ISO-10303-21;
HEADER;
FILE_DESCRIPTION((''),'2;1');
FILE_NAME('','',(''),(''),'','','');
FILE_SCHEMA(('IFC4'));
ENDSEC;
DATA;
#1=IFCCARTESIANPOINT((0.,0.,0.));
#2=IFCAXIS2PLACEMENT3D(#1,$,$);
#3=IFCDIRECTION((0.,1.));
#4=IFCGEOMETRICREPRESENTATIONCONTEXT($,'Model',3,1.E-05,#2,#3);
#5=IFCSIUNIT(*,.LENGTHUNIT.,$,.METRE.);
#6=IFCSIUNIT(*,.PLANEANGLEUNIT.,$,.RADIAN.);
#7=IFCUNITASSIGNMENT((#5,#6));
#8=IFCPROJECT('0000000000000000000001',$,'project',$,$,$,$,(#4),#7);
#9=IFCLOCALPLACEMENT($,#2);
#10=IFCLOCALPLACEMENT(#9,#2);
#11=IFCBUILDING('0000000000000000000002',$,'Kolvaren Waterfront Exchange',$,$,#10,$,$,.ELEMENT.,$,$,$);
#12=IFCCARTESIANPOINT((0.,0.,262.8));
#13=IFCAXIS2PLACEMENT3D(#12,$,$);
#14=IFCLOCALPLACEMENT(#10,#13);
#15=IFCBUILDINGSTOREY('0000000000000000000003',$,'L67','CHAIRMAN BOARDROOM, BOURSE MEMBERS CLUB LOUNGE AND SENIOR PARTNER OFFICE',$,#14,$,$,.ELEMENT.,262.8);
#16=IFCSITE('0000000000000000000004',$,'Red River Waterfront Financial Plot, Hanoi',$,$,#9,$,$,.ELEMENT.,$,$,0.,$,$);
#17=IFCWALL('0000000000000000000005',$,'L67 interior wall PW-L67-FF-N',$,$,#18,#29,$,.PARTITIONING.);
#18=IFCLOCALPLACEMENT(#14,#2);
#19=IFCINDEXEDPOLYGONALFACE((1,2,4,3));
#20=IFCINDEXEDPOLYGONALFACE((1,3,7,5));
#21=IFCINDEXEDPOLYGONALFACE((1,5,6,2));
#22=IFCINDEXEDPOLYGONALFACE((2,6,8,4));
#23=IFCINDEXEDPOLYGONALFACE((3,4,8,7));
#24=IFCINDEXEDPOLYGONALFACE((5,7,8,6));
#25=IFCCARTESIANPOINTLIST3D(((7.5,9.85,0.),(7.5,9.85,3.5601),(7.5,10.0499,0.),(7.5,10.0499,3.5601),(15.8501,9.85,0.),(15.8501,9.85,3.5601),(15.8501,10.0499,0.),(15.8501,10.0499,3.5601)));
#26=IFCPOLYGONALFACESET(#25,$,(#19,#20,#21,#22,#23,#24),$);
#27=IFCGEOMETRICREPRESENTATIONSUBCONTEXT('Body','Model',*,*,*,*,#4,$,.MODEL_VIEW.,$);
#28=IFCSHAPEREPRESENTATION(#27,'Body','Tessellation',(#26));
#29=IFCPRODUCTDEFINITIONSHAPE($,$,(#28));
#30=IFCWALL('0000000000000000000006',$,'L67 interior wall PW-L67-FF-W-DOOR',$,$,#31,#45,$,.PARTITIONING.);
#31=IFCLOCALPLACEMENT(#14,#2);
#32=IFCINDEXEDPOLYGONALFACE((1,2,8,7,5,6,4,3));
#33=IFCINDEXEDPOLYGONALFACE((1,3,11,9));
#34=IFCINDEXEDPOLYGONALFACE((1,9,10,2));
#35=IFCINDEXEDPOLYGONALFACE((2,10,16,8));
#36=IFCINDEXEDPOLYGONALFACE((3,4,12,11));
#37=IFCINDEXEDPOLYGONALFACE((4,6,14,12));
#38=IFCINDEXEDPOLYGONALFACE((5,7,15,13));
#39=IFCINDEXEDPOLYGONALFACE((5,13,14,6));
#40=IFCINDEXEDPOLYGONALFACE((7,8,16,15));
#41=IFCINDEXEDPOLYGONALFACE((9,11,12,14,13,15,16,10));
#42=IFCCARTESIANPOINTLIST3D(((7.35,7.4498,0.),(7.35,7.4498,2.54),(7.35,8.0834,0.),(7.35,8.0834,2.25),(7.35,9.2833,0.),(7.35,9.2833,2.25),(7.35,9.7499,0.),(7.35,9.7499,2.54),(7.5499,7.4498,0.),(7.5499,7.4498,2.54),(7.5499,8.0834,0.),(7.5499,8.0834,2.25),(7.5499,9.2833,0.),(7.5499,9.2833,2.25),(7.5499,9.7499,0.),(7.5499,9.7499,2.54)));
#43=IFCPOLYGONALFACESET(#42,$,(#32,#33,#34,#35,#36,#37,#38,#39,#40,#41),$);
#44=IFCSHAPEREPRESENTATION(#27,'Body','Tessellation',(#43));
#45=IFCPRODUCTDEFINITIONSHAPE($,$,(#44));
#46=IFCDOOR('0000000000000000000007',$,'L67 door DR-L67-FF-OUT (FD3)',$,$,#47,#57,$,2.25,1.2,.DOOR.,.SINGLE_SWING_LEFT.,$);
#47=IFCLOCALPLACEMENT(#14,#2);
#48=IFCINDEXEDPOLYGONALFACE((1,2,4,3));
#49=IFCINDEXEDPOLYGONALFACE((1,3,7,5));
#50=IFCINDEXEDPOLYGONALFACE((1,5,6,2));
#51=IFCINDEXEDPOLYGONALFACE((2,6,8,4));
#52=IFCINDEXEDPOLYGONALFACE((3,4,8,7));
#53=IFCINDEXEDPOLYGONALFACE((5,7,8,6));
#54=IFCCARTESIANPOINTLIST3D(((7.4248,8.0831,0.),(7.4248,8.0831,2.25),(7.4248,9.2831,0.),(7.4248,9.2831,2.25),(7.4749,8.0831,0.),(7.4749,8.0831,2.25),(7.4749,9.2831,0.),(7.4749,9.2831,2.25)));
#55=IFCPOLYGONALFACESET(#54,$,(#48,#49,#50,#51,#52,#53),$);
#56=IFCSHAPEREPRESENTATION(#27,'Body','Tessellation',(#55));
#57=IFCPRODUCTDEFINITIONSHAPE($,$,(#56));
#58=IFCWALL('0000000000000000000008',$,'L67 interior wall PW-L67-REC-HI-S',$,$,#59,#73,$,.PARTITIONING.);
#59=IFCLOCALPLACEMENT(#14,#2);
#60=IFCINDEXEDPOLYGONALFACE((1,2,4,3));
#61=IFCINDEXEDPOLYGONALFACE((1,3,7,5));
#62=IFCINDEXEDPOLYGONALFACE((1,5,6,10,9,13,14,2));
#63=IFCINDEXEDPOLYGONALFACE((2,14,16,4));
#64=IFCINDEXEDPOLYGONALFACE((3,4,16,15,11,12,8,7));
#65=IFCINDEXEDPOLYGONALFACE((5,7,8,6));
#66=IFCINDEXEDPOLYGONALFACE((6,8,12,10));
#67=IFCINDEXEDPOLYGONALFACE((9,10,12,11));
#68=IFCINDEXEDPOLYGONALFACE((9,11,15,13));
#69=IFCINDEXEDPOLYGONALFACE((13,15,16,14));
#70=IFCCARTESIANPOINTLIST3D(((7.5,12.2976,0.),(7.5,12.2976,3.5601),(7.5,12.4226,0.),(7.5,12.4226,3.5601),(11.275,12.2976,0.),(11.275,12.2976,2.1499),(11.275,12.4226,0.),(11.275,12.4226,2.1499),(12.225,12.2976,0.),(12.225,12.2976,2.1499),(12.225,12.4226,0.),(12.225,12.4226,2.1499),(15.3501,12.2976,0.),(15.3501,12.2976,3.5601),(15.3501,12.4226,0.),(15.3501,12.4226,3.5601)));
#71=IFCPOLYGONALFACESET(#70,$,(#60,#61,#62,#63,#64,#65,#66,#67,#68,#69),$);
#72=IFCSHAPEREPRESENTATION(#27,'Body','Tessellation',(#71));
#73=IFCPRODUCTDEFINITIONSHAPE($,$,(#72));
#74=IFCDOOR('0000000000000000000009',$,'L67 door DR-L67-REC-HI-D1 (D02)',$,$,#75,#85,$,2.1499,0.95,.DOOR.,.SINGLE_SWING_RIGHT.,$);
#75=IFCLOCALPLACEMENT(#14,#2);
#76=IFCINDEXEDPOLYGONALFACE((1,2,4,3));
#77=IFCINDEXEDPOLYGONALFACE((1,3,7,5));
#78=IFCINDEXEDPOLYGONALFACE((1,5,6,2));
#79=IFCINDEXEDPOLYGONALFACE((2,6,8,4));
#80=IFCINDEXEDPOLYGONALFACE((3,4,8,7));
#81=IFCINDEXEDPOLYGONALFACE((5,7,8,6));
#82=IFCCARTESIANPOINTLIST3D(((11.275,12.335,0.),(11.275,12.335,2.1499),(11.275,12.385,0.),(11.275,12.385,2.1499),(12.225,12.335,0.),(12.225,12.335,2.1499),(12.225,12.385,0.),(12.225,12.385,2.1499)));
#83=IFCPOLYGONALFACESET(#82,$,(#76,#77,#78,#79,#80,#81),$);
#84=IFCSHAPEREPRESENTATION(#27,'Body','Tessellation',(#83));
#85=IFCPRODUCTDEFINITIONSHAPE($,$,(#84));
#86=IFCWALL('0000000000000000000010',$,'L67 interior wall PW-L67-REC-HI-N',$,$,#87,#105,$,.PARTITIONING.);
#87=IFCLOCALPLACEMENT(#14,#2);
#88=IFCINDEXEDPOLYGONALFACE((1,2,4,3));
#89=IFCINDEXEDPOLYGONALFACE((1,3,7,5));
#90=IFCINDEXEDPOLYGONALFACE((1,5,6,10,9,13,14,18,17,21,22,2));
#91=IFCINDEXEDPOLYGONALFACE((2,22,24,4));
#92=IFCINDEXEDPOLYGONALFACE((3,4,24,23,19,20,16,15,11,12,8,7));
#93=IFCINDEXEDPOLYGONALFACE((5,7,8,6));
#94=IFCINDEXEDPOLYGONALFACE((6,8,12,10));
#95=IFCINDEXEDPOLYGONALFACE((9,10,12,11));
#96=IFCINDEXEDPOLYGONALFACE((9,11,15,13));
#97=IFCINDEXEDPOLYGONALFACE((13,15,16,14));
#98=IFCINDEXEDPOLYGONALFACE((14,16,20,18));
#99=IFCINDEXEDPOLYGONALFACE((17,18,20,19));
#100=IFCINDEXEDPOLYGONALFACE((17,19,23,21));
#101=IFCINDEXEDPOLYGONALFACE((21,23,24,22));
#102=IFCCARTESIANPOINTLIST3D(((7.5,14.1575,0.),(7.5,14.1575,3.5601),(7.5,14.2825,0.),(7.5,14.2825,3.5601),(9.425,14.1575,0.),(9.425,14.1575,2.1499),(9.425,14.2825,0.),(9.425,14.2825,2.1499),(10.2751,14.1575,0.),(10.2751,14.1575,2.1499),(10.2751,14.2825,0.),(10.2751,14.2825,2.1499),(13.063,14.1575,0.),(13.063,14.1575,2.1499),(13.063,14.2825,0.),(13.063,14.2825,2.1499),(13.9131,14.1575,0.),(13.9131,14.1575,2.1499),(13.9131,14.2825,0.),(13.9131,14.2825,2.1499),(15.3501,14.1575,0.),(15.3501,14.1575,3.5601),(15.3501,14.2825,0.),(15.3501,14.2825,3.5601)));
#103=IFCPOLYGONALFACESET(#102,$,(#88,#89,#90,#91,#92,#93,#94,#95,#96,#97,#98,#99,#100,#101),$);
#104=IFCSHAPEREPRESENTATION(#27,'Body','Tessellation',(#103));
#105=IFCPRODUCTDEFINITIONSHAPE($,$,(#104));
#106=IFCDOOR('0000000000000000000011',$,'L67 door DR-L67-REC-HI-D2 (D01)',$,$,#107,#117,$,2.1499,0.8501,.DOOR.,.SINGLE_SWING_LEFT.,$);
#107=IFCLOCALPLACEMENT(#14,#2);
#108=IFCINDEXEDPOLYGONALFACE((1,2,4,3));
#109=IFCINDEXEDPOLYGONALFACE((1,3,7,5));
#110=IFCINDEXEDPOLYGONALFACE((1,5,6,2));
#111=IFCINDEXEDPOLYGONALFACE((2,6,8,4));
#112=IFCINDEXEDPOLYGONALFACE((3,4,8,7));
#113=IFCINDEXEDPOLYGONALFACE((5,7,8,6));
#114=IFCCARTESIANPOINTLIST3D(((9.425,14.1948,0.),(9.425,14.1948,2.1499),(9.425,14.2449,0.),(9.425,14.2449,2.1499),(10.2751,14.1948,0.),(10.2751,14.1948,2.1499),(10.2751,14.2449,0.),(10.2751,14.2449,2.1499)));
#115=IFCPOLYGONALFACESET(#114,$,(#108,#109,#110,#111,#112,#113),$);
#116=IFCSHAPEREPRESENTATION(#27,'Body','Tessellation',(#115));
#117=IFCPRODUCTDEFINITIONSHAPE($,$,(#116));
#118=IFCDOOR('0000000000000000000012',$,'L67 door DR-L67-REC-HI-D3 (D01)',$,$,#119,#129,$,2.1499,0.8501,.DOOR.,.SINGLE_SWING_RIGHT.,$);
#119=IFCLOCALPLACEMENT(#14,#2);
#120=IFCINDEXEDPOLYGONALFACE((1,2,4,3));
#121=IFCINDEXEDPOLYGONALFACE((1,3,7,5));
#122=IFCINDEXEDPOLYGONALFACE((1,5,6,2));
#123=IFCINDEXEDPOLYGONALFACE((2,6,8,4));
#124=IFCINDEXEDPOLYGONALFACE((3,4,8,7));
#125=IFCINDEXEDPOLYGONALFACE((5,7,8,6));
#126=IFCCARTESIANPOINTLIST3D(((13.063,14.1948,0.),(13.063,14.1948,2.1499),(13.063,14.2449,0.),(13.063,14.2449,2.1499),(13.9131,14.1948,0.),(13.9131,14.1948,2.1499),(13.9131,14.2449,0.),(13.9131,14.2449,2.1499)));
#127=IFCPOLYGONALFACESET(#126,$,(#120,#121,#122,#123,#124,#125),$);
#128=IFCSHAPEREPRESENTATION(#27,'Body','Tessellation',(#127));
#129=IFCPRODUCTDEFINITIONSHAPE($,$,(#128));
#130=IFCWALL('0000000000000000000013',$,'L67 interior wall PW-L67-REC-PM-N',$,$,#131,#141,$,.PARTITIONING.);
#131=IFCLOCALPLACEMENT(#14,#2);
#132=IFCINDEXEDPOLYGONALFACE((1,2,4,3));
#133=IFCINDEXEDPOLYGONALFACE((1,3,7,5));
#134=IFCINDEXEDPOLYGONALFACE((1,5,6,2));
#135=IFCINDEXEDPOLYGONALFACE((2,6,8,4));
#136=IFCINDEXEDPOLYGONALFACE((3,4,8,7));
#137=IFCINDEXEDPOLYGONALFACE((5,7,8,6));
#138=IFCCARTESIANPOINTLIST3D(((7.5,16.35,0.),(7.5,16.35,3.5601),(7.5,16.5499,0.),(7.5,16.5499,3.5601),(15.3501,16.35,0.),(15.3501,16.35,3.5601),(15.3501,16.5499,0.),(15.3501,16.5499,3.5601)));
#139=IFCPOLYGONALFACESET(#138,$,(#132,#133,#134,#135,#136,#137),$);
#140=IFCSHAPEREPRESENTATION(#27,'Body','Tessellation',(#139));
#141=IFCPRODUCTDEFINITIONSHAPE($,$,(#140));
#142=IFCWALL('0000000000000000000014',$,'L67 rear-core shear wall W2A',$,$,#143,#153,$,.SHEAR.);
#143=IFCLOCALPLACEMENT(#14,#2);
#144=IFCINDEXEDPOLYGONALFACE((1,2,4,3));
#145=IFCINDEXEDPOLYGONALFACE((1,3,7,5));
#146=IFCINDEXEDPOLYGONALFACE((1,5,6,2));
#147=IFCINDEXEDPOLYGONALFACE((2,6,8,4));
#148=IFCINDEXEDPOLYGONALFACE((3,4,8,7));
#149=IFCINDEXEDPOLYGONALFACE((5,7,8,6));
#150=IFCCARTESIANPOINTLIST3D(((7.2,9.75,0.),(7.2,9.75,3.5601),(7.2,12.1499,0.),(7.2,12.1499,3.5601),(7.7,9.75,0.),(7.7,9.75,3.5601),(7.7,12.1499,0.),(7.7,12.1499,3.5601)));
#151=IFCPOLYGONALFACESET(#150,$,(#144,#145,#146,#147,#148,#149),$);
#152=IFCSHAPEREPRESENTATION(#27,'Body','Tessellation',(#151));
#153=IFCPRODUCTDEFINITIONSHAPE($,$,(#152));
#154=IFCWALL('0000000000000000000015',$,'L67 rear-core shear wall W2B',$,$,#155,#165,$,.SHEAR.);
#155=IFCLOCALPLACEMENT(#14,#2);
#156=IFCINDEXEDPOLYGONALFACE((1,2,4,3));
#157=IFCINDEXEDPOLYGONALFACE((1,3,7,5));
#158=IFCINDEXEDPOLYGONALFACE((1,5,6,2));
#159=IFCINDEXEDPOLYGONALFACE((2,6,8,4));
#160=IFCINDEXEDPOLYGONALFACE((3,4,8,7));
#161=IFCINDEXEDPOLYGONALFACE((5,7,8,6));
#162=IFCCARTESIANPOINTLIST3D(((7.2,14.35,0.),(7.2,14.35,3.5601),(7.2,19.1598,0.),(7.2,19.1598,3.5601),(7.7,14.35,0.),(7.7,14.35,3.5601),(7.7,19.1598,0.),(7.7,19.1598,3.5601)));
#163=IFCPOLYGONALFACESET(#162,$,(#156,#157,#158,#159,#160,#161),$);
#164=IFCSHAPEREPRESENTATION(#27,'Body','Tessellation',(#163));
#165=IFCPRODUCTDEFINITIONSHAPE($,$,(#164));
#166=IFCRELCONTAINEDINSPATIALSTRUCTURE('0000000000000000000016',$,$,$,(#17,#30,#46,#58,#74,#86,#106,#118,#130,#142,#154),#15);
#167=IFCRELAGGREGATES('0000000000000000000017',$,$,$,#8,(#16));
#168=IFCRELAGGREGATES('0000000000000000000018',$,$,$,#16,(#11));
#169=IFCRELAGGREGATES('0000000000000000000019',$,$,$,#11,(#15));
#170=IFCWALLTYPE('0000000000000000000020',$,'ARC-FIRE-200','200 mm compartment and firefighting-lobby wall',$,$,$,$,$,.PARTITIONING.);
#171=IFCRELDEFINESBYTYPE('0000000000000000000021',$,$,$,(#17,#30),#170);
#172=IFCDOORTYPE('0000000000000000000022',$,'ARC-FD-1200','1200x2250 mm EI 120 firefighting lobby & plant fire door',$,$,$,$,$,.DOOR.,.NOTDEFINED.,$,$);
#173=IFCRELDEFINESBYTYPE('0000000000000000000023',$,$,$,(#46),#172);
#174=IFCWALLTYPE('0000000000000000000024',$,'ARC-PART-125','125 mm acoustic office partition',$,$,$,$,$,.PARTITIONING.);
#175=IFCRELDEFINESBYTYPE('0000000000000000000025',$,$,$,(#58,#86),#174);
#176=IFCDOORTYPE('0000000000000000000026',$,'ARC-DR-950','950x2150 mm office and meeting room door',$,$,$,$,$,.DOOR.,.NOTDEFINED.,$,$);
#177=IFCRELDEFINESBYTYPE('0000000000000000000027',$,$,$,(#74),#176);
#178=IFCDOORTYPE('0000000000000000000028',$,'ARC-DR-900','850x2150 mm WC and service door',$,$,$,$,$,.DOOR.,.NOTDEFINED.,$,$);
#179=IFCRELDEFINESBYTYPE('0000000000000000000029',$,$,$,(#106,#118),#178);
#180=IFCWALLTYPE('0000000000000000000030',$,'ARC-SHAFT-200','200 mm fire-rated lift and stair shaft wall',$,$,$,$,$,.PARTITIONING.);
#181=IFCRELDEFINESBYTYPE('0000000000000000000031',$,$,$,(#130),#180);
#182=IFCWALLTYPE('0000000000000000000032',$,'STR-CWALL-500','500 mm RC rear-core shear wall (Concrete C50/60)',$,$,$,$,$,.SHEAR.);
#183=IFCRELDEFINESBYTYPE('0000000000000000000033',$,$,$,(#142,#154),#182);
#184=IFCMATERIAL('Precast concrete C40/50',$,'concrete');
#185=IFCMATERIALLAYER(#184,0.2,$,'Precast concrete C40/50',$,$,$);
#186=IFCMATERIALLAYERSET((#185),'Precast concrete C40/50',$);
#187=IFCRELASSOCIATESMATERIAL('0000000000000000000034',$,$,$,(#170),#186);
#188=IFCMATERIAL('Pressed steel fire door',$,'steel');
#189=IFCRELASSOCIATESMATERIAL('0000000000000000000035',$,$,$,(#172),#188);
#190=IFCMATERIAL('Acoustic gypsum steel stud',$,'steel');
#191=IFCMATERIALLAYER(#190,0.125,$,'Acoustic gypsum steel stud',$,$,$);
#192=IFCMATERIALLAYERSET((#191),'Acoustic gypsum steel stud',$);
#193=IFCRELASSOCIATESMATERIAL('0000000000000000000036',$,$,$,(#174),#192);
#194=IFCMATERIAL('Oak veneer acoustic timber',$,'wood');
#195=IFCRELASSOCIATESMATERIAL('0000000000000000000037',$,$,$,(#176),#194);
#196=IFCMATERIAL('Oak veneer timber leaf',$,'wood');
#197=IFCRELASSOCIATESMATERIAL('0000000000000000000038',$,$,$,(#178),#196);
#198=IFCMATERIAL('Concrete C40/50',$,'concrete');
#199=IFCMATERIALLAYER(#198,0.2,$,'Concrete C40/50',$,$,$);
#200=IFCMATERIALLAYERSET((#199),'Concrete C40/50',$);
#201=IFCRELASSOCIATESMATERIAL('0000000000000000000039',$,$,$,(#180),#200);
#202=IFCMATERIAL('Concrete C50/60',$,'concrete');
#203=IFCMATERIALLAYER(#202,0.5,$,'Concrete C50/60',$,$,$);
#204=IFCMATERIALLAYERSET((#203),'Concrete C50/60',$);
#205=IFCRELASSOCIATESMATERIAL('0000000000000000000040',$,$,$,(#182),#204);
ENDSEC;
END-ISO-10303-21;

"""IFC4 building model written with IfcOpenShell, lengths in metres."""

from ifc_helpers import new_model, si_unit, direction, frame, frame_2d, origin, place, context, subcontext, project, spatial, rectangle, extrude, material, layer, layer_set, type_object, element, fill, save


model = new_model("IFC4")

# Units and contexts
model_context = context("Model", 3, precision=1e-05, world=origin(), true_north=direction((0.0, 1.0)))
body_context = subcontext(model_context, "Body", "Model", "MODEL_VIEW")
ifc_project = project(units=[si_unit("LENGTHUNIT", "METRE"), si_unit("PLANEANGLEUNIT", "RADIAN")], contexts=[model_context])

# Site, building, storey
site_placement = place(None, origin())
site = spatial("IfcSite", under=ifc_project, at=site_placement, Name="Red River Waterfront Financial Plot, Hanoi", CompositionType="ELEMENT", RefElevation=0.0)
building_placement = place(site_placement, origin())
building = spatial("IfcBuilding", under=site, at=building_placement, Name="Kolvaren Waterfront Exchange", CompositionType="ELEMENT")
storey_placement = place(building_placement, frame((0.0, 0.0, 262.8)))
storey = spatial("IfcBuildingStorey", under=building, at=storey_placement, Name="L67", Description="CHAIRMAN BOARDROOM, BOURSE MEMBERS CLUB LOUNGE AND SENIOR PARTNER OFFICE", CompositionType="ELEMENT", Elevation=262.8)

# Wall
ifc_material_1 = material(Name="Precast concrete C40/50", Category="concrete")
ifc_layer_1 = layer(ifc_material_1, 0.2, Name="Precast concrete C40/50")
ifc_layer_set_1 = layer_set([ifc_layer_1], Name="Precast concrete C40/50")
wall_type_1 = type_object("IfcWallType", Name="ARC-FIRE-200", Description="200 mm compartment and firefighting-lobby wall", PredefinedType="PARTITIONING", material=ifc_layer_set_1)
wall_1_placement = place(storey_placement, frame((7.5, 9.95, 0.0), z_axis=(0.0, 0.0, 1.0), x_axis=(1.0, 0.0, 0.0)))
element("IfcWall", 1, at=wall_1_placement, inside=storey, type_object=wall_type_1, Name="L67 interior wall PW-L67-FF-N", PredefinedType="PARTITIONING", context=body_context, shape_type="SweptSolid", body=[
    extrude(rectangle(XDim=8.3501, YDim=0.2, at=frame_2d((4.175, 0.0))), origin(), (0.0, 0.0, 1.0), 3.5601),
])

# Walls, openings, doors
wall_2_placement = place(storey_placement, frame((7.45, 7.45, 0.0), z_axis=(0.0, 0.0, 1.0), x_axis=(0.0, 1.0, 0.0)))
wall_2 = element("IfcWall", 2, at=wall_2_placement, inside=storey, type_object=wall_type_1, Name="L67 interior wall PW-L67-FF-W-DOOR", PredefinedType="PARTITIONING", context=body_context, shape_type="SweptSolid", body=[
    extrude(rectangle(XDim=2.3, YDim=0.2, at=frame_2d((1.1499, 0.0))), origin(), (0.0, 0.0, 1.0), 2.54),
])
opening_1_placement = place(wall_2_placement, frame((0.6333, 0.0, 0.0)))
opening_1 = element("IfcOpeningElement", 3, at=opening_1_placement, cuts=wall_2, PredefinedType="OPENING", context=body_context, shape_type="SweptSolid", body=[
    extrude(rectangle(XDim=1.2, YDim=2.25, at=frame_2d((0.6001, 1.125))), frame((0.0, 0.1099, 0.0), z_axis=(0.0, -1.0, 0.0), x_axis=(1.0, 0.0, 0.0)), (0.0, 0.0, 1.0), 0.22),
])
ifc_material_2 = material(Name="Pressed steel fire door", Category="steel")
door_type_1 = type_object("IfcDoorType", Name="ARC-FD-1200", Description="1200x2250 mm EI 120 firefighting lobby & plant fire door", OperationType="NOTDEFINED", PredefinedType="DOOR", material=ifc_material_2)
door_1_placement = place(opening_1_placement, frame((1.2, 0.0, 0.0), z_axis=(0.0, 0.0, 1.0), x_axis=(-1.0, 0.0, 0.0)))
door_1 = element("IfcDoor", 4, at=door_1_placement, inside=storey, type_object=door_type_1, Name="L67 door DR-L67-FF-OUT (FD3)", OperationType="SINGLE_SWING_LEFT", OverallHeight=2.25, OverallWidth=1.2, PredefinedType="DOOR", context=body_context, shape_type="SweptSolid", body=[
    extrude(rectangle(XDim=1.2, YDim=2.25, at=frame_2d((0.6001, 1.125))), frame((0.0, 0.0249, 0.0), z_axis=(0.0, -1.0, 0.0), x_axis=(1.0, 0.0, 0.0)), (0.0, 0.0, 1.0), 0.05),
])
fill(opening_1, door_1)
ifc_material_3 = material(Name="Acoustic gypsum steel stud", Category="steel")
ifc_layer_2 = layer(ifc_material_3, 0.125, Name="Acoustic gypsum steel stud")
ifc_layer_set_2 = layer_set([ifc_layer_2], Name="Acoustic gypsum steel stud")
wall_type_2 = type_object("IfcWallType", Name="ARC-PART-125", Description="125 mm acoustic office partition", PredefinedType="PARTITIONING", material=ifc_layer_set_2)
wall_3_placement = place(storey_placement, frame((7.5, 12.3601, 0.0), z_axis=(0.0, 0.0, 1.0), x_axis=(1.0, 0.0, 0.0)))
wall_3 = element("IfcWall", 5, at=wall_3_placement, inside=storey, type_object=wall_type_2, Name="L67 interior wall PW-L67-REC-HI-S", PredefinedType="PARTITIONING", context=body_context, shape_type="SweptSolid", body=[
    extrude(rectangle(XDim=7.8501, YDim=0.125, at=frame_2d((3.925, 0.0))), origin(), (0.0, 0.0, 1.0), 3.5601),
])
opening_2_placement = place(wall_3_placement, frame((3.7749, 0.0, 0.0)))
opening_2 = element("IfcOpeningElement", 6, at=opening_2_placement, cuts=wall_3, PredefinedType="OPENING", context=body_context, shape_type="SweptSolid", body=[
    extrude(rectangle(XDim=0.95, YDim=2.1499, at=frame_2d((0.4751, 1.075))), frame((0.0, 0.0725, 0.0), z_axis=(0.0, -1.0, 0.0), x_axis=(1.0, 0.0, 0.0)), (0.0, 0.0, 1.0), 0.145),
])
ifc_material_4 = material(Name="Oak veneer acoustic timber", Category="wood")
door_type_2 = type_object("IfcDoorType", Name="ARC-DR-950", Description="950x2150 mm office and meeting room door", OperationType="NOTDEFINED", PredefinedType="DOOR", material=ifc_material_4)
door_2_placement = place(opening_2_placement, origin())
door_2 = element("IfcDoor", 7, at=door_2_placement, inside=storey, type_object=door_type_2, Name="L67 door DR-L67-REC-HI-D1 (D02)", OperationType="SINGLE_SWING_RIGHT", OverallHeight=2.1499, OverallWidth=0.95, PredefinedType="DOOR", context=body_context, shape_type="SweptSolid", body=[
    extrude(rectangle(XDim=0.95, YDim=2.1499, at=frame_2d((0.4751, 1.075))), frame((0.0, 0.0249, 0.0), z_axis=(0.0, -1.0, 0.0), x_axis=(1.0, 0.0, 0.0)), (0.0, 0.0, 1.0), 0.05),
])
fill(opening_2, door_2)

# Wall, openings, doors
wall_4_placement = place(storey_placement, frame((7.5, 14.22, 0.0), z_axis=(0.0, 0.0, 1.0), x_axis=(1.0, 0.0, 0.0)))
wall_4 = element("IfcWall", 8, at=wall_4_placement, inside=storey, type_object=wall_type_2, Name="L67 interior wall PW-L67-REC-HI-N", PredefinedType="PARTITIONING", context=body_context, shape_type="SweptSolid", body=[
    extrude(rectangle(XDim=7.8501, YDim=0.125, at=frame_2d((3.925, 0.0))), origin(), (0.0, 0.0, 1.0), 3.5601),
])
opening_3_placement = place(wall_4_placement, frame((1.925, 0.0, 0.0)))
opening_3 = element("IfcOpeningElement", 9, at=opening_3_placement, cuts=wall_4, PredefinedType="OPENING", context=body_context, shape_type="SweptSolid", body=[
    extrude(rectangle(XDim=0.8501, YDim=2.1499, at=frame_2d((0.425, 1.075))), frame((0.0, 0.0725, 0.0), z_axis=(0.0, -1.0, 0.0), x_axis=(1.0, 0.0, 0.0)), (0.0, 0.0, 1.0), 0.145),
])
opening_4_placement = place(wall_4_placement, frame((5.563, 0.0, 0.0)))
opening_4 = element("IfcOpeningElement", 10, at=opening_4_placement, cuts=wall_4, PredefinedType="OPENING", context=body_context, shape_type="SweptSolid", body=[
    extrude(rectangle(XDim=0.8501, YDim=2.1499, at=frame_2d((0.425, 1.075))), frame((0.0, 0.0725, 0.0), z_axis=(0.0, -1.0, 0.0), x_axis=(1.0, 0.0, 0.0)), (0.0, 0.0, 1.0), 0.145),
])
ifc_material_5 = material(Name="Oak veneer timber leaf", Category="wood")
door_type_3 = type_object("IfcDoorType", Name="ARC-DR-900", Description="850x2150 mm WC and service door", OperationType="NOTDEFINED", PredefinedType="DOOR", material=ifc_material_5)
door_3_placement = place(opening_3_placement, origin())
door_3 = element("IfcDoor", 11, at=door_3_placement, inside=storey, type_object=door_type_3, Name="L67 door DR-L67-REC-HI-D2 (D01)", OperationType="SINGLE_SWING_LEFT", OverallHeight=2.1499, OverallWidth=0.8501, PredefinedType="DOOR", context=body_context, shape_type="SweptSolid", body=[
    extrude(rectangle(XDim=0.8501, YDim=2.1499, at=frame_2d((0.425, 1.075))), frame((0.0, 0.0249, 0.0), z_axis=(0.0, -1.0, 0.0), x_axis=(1.0, 0.0, 0.0)), (0.0, 0.0, 1.0), 0.05),
])
fill(opening_3, door_3)
door_4_placement = place(opening_4_placement, origin())
door_4 = element("IfcDoor", 12, at=door_4_placement, inside=storey, type_object=door_type_3, Name="L67 door DR-L67-REC-HI-D3 (D01)", OperationType="SINGLE_SWING_RIGHT", OverallHeight=2.1499, OverallWidth=0.8501, PredefinedType="DOOR", context=body_context, shape_type="SweptSolid", body=[
    extrude(rectangle(XDim=0.8501, YDim=2.1499, at=frame_2d((0.425, 1.075))), frame((0.0, 0.0249, 0.0), z_axis=(0.0, -1.0, 0.0), x_axis=(1.0, 0.0, 0.0)), (0.0, 0.0, 1.0), 0.05),
])
fill(opening_4, door_4)

# Walls
ifc_material_6 = material(Name="Concrete C40/50", Category="concrete")
ifc_layer_3 = layer(ifc_material_6, 0.2, Name="Concrete C40/50")
ifc_layer_set_3 = layer_set([ifc_layer_3], Name="Concrete C40/50")
wall_type_3 = type_object("IfcWallType", Name="ARC-SHAFT-200", Description="200 mm fire-rated lift and stair shaft wall", PredefinedType="PARTITIONING", material=ifc_layer_set_3)
wall_5_placement = place(storey_placement, frame((7.5, 16.45, 0.0), z_axis=(0.0, 0.0, 1.0), x_axis=(1.0, 0.0, 0.0)))
element("IfcWall", 13, at=wall_5_placement, inside=storey, type_object=wall_type_3, Name="L67 interior wall PW-L67-REC-PM-N", PredefinedType="PARTITIONING", context=body_context, shape_type="SweptSolid", body=[
    extrude(rectangle(XDim=7.8501, YDim=0.2, at=frame_2d((3.925, 0.0))), origin(), (0.0, 0.0, 1.0), 3.5601),
])
ifc_material_7 = material(Name="Concrete C50/60", Category="concrete")
ifc_layer_4 = layer(ifc_material_7, 0.5, Name="Concrete C50/60")
ifc_layer_set_4 = layer_set([ifc_layer_4], Name="Concrete C50/60")
wall_type_4 = type_object("IfcWallType", Name="STR-CWALL-500", Description="500 mm RC rear-core shear wall (Concrete C50/60)", PredefinedType="SHEAR", material=ifc_layer_set_4)
wall_6_placement = place(storey_placement, frame((7.45, 9.75, 0.0), z_axis=(0.0, 0.0, 1.0), x_axis=(0.0, 1.0, 0.0)))
element("IfcWall", 14, at=wall_6_placement, inside=storey, type_object=wall_type_4, Name="L67 rear-core shear wall W2A", PredefinedType="SHEAR", context=body_context, shape_type="SweptSolid", body=[
    extrude(rectangle(XDim=2.3999, YDim=0.5, at=frame_2d((1.2, 0.0))), origin(), (0.0, 0.0, 1.0), 3.5601),
])
wall_7_placement = place(storey_placement, frame((7.45, 14.3501, 0.0), z_axis=(0.0, 0.0, 1.0), x_axis=(0.0, 1.0, 0.0)))
element("IfcWall", 15, at=wall_7_placement, inside=storey, type_object=wall_type_4, Name="L67 rear-core shear wall W2B", PredefinedType="SHEAR", context=body_context, shape_type="SweptSolid", body=[
    extrude(rectangle(XDim=4.8098, YDim=0.5, at=frame_2d((2.4048, 0.0))), origin(), (0.0, 0.0, 1.0), 3.5601),
])

save(model, "model.ifc")
